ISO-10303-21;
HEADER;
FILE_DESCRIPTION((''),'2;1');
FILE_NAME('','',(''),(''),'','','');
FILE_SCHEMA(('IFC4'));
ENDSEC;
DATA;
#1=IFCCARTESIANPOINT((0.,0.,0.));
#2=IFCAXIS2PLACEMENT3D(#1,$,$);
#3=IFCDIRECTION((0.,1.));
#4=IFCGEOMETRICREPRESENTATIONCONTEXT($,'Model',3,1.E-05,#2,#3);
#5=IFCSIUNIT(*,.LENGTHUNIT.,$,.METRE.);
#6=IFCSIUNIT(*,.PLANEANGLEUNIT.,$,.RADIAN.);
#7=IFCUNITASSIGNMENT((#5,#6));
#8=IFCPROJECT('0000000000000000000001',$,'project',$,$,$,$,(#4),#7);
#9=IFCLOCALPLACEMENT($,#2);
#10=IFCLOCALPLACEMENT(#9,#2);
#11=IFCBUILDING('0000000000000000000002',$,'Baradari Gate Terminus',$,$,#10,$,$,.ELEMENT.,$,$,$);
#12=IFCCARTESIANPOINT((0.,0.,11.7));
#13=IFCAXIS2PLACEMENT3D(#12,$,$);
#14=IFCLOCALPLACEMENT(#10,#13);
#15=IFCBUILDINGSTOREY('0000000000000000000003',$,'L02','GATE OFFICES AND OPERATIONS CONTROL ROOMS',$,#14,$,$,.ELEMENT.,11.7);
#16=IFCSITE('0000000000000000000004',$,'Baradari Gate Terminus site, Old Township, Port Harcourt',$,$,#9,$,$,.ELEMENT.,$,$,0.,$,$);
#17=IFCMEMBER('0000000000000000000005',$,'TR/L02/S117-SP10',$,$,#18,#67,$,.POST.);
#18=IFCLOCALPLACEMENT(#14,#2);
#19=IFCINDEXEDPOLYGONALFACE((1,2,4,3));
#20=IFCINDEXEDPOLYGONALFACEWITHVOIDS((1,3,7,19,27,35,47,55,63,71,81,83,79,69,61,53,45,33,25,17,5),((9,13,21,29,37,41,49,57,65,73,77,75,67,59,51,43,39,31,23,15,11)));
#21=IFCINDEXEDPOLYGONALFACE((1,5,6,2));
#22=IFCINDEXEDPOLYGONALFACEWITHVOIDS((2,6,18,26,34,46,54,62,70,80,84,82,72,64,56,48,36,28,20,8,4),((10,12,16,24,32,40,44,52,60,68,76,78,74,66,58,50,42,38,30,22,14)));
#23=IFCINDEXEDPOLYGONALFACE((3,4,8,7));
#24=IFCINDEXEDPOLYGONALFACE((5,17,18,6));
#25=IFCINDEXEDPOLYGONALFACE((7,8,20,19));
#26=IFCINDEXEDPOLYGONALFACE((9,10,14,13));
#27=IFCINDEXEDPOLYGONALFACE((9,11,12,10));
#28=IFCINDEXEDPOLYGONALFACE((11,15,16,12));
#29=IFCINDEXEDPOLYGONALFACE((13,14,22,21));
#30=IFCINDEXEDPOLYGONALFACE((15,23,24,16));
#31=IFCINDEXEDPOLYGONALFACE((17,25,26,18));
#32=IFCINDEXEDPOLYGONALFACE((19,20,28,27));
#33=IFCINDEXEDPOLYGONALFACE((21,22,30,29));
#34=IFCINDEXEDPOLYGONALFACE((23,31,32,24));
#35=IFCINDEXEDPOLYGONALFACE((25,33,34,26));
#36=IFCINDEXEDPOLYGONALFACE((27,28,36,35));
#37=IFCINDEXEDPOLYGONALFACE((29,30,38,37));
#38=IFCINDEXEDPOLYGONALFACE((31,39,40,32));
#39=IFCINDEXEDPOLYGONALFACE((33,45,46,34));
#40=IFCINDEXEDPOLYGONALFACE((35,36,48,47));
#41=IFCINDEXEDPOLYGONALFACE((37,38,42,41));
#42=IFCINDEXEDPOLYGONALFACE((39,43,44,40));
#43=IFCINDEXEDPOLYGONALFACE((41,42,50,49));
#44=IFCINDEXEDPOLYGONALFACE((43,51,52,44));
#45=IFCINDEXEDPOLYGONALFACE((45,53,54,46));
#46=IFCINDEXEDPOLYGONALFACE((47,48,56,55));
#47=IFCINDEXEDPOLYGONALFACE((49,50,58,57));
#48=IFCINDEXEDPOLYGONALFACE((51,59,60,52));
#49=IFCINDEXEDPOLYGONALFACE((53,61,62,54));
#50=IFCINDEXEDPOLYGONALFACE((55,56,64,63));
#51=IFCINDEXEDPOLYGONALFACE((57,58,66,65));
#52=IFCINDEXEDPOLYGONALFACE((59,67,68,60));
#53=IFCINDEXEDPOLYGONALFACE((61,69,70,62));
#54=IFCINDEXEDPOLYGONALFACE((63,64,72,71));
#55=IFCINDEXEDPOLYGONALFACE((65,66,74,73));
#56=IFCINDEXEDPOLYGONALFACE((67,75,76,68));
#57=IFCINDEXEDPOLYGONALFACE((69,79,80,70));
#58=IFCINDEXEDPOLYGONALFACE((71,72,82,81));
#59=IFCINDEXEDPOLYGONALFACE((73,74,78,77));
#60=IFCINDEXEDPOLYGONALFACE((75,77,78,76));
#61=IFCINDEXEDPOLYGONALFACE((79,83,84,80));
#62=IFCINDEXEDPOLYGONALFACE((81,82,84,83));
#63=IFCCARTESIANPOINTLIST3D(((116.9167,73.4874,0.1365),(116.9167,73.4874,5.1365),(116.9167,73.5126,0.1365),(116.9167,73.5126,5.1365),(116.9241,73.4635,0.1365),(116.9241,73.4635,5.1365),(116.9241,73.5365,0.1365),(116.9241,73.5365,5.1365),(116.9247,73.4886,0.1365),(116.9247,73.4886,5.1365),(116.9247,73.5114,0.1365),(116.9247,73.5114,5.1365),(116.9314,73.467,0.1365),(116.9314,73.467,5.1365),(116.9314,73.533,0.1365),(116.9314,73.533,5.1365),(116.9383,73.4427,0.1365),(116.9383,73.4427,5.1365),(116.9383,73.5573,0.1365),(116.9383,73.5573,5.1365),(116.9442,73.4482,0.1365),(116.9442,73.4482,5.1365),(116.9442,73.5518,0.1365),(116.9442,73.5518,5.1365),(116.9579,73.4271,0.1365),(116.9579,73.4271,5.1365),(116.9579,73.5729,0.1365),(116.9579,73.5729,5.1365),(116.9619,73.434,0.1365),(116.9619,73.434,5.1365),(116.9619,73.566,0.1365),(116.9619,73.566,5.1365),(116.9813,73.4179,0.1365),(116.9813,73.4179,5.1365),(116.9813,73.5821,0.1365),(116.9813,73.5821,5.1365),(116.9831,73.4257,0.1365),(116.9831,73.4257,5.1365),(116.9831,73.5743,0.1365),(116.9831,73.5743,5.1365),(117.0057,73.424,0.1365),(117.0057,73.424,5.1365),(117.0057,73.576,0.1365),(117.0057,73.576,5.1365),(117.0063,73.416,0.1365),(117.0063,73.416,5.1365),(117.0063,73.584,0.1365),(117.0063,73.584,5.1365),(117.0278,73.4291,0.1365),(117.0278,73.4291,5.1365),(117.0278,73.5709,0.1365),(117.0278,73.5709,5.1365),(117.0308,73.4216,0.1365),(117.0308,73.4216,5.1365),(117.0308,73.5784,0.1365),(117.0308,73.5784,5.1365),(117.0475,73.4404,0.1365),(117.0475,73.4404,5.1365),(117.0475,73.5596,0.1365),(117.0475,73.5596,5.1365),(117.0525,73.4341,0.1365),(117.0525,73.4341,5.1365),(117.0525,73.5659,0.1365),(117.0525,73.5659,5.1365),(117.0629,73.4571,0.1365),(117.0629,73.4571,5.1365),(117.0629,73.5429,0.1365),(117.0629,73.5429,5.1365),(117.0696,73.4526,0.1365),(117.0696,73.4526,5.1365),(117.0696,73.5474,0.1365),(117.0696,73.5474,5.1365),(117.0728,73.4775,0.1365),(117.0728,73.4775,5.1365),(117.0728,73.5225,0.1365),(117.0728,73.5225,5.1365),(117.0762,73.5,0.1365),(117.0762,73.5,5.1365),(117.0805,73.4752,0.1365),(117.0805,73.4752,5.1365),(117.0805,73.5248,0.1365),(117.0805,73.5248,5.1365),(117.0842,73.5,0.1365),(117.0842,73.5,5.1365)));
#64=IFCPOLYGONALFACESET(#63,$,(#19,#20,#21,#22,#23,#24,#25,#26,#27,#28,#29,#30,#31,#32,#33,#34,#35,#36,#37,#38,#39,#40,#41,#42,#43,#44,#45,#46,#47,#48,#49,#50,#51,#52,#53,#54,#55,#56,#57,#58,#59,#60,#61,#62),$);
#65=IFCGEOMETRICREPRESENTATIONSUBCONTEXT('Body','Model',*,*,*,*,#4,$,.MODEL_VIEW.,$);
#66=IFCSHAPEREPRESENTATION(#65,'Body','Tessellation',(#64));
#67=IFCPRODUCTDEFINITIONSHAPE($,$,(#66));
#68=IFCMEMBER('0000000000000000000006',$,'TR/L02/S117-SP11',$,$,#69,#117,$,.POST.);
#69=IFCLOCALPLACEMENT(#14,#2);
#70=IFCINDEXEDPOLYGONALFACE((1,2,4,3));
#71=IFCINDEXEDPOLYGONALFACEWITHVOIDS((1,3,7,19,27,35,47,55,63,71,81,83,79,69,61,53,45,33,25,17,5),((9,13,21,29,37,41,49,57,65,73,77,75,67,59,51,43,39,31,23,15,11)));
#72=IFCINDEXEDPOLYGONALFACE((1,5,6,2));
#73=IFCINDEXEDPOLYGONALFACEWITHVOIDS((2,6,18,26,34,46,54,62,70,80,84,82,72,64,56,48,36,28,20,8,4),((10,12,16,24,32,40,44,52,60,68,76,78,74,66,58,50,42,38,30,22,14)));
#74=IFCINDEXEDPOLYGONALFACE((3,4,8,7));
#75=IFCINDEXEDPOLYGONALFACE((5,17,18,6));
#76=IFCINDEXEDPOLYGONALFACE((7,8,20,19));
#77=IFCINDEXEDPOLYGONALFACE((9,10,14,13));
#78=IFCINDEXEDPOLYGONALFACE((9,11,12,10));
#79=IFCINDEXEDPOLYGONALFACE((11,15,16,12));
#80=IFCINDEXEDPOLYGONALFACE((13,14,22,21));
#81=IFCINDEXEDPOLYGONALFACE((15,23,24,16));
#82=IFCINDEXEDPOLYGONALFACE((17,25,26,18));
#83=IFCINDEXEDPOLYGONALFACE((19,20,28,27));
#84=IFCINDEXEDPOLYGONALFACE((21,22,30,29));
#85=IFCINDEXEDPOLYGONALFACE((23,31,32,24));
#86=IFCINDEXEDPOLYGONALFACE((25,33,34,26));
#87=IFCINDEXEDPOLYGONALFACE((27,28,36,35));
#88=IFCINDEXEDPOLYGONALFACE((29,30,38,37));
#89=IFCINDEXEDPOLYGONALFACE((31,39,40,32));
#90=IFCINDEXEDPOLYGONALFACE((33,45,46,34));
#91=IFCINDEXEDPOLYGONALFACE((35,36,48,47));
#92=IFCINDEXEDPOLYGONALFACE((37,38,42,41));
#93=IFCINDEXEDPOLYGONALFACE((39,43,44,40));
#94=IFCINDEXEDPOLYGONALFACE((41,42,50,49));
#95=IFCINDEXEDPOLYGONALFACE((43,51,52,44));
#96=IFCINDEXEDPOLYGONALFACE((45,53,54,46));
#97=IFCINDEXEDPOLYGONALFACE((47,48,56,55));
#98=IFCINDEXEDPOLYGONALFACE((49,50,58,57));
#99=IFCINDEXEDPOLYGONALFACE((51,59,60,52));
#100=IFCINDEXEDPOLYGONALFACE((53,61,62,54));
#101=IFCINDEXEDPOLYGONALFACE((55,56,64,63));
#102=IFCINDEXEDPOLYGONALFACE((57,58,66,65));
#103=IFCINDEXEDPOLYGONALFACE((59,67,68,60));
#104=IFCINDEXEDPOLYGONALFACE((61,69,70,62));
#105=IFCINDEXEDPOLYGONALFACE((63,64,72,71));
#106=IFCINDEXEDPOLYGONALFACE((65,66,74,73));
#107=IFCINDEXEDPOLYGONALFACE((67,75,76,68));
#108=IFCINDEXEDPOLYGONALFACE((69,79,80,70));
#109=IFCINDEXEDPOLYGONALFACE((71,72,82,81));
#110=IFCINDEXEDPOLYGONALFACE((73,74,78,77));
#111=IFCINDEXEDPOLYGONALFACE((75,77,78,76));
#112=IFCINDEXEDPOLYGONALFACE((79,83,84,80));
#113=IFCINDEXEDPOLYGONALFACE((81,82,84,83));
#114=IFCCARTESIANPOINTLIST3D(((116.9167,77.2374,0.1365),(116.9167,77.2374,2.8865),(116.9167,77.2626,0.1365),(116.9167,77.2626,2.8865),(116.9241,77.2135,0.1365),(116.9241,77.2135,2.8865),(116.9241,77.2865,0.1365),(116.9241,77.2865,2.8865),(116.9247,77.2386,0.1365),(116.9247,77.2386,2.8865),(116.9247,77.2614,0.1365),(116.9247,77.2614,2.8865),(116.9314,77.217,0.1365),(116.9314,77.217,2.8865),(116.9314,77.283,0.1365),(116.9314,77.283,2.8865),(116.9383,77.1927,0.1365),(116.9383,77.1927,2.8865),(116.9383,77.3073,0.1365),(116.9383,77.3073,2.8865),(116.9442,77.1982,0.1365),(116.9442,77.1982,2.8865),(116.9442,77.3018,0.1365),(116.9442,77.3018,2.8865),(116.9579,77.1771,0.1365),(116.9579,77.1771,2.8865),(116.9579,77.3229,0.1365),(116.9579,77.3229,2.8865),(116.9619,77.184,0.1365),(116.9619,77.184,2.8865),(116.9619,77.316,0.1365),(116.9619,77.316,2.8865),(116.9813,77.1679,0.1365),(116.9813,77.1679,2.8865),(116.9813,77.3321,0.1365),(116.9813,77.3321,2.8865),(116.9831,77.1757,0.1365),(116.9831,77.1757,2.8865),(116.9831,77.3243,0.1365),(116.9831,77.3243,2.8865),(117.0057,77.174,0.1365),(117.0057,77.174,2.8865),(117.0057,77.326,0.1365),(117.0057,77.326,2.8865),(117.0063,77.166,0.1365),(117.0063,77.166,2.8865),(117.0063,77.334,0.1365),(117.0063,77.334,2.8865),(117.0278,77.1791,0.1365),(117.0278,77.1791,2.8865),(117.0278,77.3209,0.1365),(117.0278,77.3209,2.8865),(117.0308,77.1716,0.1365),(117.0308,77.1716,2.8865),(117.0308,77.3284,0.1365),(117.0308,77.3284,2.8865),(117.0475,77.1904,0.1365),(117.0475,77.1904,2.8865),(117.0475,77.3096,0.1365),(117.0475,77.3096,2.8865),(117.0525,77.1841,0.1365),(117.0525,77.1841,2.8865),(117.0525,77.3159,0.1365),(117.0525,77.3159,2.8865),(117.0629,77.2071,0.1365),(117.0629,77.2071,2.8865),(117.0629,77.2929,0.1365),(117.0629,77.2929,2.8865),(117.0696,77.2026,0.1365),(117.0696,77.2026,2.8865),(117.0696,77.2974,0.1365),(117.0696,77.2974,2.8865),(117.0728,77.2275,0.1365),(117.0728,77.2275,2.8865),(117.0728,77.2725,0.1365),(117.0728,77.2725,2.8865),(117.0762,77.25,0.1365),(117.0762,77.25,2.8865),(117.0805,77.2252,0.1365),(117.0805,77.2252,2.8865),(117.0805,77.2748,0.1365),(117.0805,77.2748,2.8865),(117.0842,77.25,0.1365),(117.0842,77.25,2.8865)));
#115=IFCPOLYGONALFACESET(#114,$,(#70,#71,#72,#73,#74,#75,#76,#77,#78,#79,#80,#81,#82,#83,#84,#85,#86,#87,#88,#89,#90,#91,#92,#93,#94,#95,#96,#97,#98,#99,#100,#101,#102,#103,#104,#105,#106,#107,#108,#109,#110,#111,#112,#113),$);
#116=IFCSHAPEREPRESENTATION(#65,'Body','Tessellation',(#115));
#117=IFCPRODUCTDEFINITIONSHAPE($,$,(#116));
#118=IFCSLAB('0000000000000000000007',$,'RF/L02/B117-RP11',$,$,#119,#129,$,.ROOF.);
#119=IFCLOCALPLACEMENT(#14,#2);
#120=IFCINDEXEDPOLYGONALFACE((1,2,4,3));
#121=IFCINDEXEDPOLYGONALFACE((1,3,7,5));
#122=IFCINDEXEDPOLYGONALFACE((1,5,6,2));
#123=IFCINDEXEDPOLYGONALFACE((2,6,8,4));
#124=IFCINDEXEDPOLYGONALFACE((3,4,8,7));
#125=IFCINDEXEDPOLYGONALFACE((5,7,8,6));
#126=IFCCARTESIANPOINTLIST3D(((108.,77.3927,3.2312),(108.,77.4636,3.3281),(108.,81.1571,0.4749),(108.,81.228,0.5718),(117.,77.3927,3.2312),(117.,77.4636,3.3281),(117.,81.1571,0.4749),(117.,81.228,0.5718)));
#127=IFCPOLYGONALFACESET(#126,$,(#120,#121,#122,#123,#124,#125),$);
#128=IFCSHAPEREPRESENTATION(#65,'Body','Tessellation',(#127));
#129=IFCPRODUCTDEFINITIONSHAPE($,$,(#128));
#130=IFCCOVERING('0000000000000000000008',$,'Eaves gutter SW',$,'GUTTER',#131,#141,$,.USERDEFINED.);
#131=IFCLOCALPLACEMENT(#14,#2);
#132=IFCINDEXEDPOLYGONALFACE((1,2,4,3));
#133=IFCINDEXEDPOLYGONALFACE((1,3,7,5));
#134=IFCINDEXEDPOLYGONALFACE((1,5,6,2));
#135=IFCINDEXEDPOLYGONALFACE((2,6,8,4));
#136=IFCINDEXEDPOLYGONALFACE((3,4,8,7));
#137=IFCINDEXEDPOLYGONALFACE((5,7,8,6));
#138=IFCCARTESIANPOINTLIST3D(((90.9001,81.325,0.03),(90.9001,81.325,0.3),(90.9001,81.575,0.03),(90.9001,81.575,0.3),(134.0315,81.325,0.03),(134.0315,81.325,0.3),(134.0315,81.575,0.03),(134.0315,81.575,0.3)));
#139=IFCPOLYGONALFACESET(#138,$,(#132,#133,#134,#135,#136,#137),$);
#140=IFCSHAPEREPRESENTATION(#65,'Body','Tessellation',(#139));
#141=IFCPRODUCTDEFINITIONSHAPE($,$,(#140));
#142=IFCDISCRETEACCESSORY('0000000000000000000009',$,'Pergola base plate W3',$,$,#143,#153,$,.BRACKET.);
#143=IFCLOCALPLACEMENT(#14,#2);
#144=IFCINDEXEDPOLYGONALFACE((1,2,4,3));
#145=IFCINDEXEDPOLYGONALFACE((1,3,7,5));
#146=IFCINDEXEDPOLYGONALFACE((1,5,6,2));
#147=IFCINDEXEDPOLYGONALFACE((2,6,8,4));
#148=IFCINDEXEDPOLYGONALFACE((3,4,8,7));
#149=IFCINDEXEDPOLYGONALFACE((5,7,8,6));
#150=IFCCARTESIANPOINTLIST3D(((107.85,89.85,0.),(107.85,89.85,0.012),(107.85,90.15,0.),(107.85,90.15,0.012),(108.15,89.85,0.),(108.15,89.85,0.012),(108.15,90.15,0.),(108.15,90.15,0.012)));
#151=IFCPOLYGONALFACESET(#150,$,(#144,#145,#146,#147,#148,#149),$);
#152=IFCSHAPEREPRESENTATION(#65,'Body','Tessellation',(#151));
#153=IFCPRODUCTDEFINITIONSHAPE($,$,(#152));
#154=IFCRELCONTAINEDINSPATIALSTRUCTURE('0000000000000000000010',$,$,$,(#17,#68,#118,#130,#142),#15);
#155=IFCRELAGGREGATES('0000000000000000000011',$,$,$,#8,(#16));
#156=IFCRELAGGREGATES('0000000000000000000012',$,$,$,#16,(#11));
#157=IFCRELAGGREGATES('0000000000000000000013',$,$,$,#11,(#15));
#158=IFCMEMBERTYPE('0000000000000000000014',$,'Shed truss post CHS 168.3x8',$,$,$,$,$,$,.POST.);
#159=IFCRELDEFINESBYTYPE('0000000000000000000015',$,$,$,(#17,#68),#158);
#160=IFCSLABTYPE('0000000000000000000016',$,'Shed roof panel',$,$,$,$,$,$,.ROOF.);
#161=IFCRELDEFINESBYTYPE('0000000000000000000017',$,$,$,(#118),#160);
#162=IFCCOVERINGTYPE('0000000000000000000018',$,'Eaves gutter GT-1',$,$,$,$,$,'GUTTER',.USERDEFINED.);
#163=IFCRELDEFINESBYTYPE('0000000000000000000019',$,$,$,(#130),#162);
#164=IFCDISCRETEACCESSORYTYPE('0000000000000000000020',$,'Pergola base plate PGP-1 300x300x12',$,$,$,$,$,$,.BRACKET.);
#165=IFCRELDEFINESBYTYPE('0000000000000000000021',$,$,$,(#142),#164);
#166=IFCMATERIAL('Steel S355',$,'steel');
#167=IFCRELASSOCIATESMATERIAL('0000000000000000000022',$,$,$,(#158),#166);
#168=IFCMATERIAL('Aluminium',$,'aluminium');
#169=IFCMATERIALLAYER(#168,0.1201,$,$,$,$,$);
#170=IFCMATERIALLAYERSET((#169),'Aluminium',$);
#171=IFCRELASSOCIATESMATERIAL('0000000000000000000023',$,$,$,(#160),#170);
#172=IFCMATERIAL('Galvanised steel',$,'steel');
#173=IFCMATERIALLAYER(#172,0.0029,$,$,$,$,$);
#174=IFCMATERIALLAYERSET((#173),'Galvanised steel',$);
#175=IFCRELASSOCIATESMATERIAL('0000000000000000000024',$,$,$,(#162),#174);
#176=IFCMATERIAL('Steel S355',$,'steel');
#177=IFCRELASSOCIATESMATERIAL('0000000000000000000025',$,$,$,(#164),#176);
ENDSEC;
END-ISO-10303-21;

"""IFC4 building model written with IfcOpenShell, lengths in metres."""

from ifc_helpers import new_model, si_unit, direction, frame, origin, origin_2d, place, context, subcontext, project, spatial, polyline, rectangle, hollow_circle, outline, extrude, material, layer, layer_set, material_profile, profile_set, type_object, element, save


model = new_model("IFC4")

# Units and contexts
model_context = context("Model", 3, precision=1e-05, world=origin(), true_north=direction((0.0, 1.0)))
body_context = subcontext(model_context, "Body", "Model", "MODEL_VIEW")
ifc_project = project(units=[si_unit("LENGTHUNIT", "METRE"), si_unit("PLANEANGLEUNIT", "RADIAN")], contexts=[model_context])

# Site, building, storey
site_placement = place(None, origin())
site = spatial("IfcSite", under=ifc_project, at=site_placement, Name="Baradari Gate Terminus site, Old Township, Port Harcourt", CompositionType="ELEMENT", RefElevation=0.0)
building_placement = place(site_placement, origin())
building = spatial("IfcBuilding", under=site, at=building_placement, Name="Baradari Gate Terminus", CompositionType="ELEMENT")
storey_placement = place(building_placement, frame((0.0, 0.0, 11.7)))
storey = spatial("IfcBuildingStorey", under=building, at=storey_placement, Name="L02", Description="GATE OFFICES AND OPERATIONS CONTROL ROOMS", CompositionType="ELEMENT", Elevation=11.7)

# Members
ifc_material_1 = material(Name="Steel S355", Category="steel")
ifc_material_profile_1 = material_profile(ifc_material_1, hollow_circle(Radius=0.0842, WallThickness=0.0081, at=origin_2d()), Name="CHS 168.3x8")
ifc_profile_set_1 = profile_set([ifc_material_profile_1], Name="Steel S355")
member_type_1 = type_object("IfcMemberType", Name="Shed truss post CHS 168.3x8", PredefinedType="POST", material=ifc_profile_set_1)
member_1_placement = place(storey_placement, frame((117.0, 73.5, 0.1365), z_axis=(0.0, 0.0, 1.0), x_axis=(1.0, 0.0, 0.0)))
element("IfcMember", 1, at=member_1_placement, inside=storey, type_object=member_type_1, Name="TR/L02/S117-SP10", PredefinedType="POST", context=body_context, shape_type="SweptSolid", body=[
    extrude(hollow_circle(Radius=0.0842, WallThickness=0.0081, at=origin_2d()), origin(), (0.0, 0.0, 1.0), 5.0),
])
member_2_placement = place(storey_placement, frame((117.0, 77.25, 0.1365), z_axis=(0.0, 0.0, 1.0), x_axis=(1.0, 0.0, 0.0)))
element("IfcMember", 2, at=member_2_placement, inside=storey, type_object=member_type_1, Name="TR/L02/S117-SP11", PredefinedType="POST", context=body_context, shape_type="SweptSolid", body=[
    extrude(hollow_circle(Radius=0.0842, WallThickness=0.0081, at=origin_2d()), origin(), (0.0, 0.0, 1.0), 2.75),
])

# Slab
ifc_material_2 = material(Name="Aluminium", Category="aluminium")
ifc_layer_1 = layer(ifc_material_2, 0.1201)
ifc_layer_set_1 = layer_set([ifc_layer_1], Name="Aluminium")
slab_type = type_object("IfcSlabType", Name="Shed roof panel", PredefinedType="ROOF", material=ifc_layer_set_1)
slab_placement = place(storey_placement, frame((108.0, 77.4636, 3.3281), z_axis=(0.0, 0.590776, 0.806836), x_axis=(1.0, 0.0, 0.0)))
element("IfcSlab", 3, at=slab_placement, inside=storey, type_object=slab_type, Name="RF/L02/B117-RP11", PredefinedType="ROOF", context=body_context, shape_type="SweptSolid", body=[
    extrude(outline(polyline([(0.0, 0.0), (9.0, 0.0), (9.0, 4.6656), (0.0, 4.6656), (0.0, 0.0)])), origin(), (0.0, 0.0, -1.0), 0.1201),
])

# Covering
ifc_material_3 = material(Name="Galvanised steel", Category="steel")
ifc_layer_2 = layer(ifc_material_3, 0.0029)
ifc_layer_set_2 = layer_set([ifc_layer_2], Name="Galvanised steel")
covering_type = type_object("IfcCoveringType", Name="Eaves gutter GT-1", ElementType="GUTTER", PredefinedType="USERDEFINED", material=ifc_layer_set_2)
covering_placement = place(storey_placement, frame((112.4658, 81.45, 0.03), z_axis=(0.0, 0.0, 1.0), x_axis=(1.0, 0.0, 0.0)))
element("IfcCovering", 4, at=covering_placement, inside=storey, type_object=covering_type, Name="Eaves gutter SW", ObjectType="GUTTER", PredefinedType="USERDEFINED", context=body_context, shape_type="SweptSolid", body=[
    extrude(rectangle(XDim=43.1313, YDim=0.25, at=origin_2d()), origin(), (0.0, 0.0, 1.0), 0.27),
])

# Discrete accessory
ifc_material_4 = material(Name="Steel S355", Category="steel")
discrete_accessory_type = type_object("IfcDiscreteAccessoryType", Name="Pergola base plate PGP-1 300x300x12", PredefinedType="BRACKET", material=ifc_material_4)
discrete_accessory_placement = place(storey_placement, frame((108.0, 90.0, 0.0), z_axis=(0.0, 0.0, 1.0), x_axis=(1.0, 0.0, 0.0)))
element("IfcDiscreteAccessory", 5, at=discrete_accessory_placement, inside=storey, type_object=discrete_accessory_type, Name="Pergola base plate W3", PredefinedType="BRACKET", context=body_context, shape_type="SweptSolid", body=[
    extrude(rectangle(XDim=0.3, YDim=0.3, at=origin_2d()), origin(), (0.0, 0.0, 1.0), 0.012),
])

save(model, "model.ifc")
